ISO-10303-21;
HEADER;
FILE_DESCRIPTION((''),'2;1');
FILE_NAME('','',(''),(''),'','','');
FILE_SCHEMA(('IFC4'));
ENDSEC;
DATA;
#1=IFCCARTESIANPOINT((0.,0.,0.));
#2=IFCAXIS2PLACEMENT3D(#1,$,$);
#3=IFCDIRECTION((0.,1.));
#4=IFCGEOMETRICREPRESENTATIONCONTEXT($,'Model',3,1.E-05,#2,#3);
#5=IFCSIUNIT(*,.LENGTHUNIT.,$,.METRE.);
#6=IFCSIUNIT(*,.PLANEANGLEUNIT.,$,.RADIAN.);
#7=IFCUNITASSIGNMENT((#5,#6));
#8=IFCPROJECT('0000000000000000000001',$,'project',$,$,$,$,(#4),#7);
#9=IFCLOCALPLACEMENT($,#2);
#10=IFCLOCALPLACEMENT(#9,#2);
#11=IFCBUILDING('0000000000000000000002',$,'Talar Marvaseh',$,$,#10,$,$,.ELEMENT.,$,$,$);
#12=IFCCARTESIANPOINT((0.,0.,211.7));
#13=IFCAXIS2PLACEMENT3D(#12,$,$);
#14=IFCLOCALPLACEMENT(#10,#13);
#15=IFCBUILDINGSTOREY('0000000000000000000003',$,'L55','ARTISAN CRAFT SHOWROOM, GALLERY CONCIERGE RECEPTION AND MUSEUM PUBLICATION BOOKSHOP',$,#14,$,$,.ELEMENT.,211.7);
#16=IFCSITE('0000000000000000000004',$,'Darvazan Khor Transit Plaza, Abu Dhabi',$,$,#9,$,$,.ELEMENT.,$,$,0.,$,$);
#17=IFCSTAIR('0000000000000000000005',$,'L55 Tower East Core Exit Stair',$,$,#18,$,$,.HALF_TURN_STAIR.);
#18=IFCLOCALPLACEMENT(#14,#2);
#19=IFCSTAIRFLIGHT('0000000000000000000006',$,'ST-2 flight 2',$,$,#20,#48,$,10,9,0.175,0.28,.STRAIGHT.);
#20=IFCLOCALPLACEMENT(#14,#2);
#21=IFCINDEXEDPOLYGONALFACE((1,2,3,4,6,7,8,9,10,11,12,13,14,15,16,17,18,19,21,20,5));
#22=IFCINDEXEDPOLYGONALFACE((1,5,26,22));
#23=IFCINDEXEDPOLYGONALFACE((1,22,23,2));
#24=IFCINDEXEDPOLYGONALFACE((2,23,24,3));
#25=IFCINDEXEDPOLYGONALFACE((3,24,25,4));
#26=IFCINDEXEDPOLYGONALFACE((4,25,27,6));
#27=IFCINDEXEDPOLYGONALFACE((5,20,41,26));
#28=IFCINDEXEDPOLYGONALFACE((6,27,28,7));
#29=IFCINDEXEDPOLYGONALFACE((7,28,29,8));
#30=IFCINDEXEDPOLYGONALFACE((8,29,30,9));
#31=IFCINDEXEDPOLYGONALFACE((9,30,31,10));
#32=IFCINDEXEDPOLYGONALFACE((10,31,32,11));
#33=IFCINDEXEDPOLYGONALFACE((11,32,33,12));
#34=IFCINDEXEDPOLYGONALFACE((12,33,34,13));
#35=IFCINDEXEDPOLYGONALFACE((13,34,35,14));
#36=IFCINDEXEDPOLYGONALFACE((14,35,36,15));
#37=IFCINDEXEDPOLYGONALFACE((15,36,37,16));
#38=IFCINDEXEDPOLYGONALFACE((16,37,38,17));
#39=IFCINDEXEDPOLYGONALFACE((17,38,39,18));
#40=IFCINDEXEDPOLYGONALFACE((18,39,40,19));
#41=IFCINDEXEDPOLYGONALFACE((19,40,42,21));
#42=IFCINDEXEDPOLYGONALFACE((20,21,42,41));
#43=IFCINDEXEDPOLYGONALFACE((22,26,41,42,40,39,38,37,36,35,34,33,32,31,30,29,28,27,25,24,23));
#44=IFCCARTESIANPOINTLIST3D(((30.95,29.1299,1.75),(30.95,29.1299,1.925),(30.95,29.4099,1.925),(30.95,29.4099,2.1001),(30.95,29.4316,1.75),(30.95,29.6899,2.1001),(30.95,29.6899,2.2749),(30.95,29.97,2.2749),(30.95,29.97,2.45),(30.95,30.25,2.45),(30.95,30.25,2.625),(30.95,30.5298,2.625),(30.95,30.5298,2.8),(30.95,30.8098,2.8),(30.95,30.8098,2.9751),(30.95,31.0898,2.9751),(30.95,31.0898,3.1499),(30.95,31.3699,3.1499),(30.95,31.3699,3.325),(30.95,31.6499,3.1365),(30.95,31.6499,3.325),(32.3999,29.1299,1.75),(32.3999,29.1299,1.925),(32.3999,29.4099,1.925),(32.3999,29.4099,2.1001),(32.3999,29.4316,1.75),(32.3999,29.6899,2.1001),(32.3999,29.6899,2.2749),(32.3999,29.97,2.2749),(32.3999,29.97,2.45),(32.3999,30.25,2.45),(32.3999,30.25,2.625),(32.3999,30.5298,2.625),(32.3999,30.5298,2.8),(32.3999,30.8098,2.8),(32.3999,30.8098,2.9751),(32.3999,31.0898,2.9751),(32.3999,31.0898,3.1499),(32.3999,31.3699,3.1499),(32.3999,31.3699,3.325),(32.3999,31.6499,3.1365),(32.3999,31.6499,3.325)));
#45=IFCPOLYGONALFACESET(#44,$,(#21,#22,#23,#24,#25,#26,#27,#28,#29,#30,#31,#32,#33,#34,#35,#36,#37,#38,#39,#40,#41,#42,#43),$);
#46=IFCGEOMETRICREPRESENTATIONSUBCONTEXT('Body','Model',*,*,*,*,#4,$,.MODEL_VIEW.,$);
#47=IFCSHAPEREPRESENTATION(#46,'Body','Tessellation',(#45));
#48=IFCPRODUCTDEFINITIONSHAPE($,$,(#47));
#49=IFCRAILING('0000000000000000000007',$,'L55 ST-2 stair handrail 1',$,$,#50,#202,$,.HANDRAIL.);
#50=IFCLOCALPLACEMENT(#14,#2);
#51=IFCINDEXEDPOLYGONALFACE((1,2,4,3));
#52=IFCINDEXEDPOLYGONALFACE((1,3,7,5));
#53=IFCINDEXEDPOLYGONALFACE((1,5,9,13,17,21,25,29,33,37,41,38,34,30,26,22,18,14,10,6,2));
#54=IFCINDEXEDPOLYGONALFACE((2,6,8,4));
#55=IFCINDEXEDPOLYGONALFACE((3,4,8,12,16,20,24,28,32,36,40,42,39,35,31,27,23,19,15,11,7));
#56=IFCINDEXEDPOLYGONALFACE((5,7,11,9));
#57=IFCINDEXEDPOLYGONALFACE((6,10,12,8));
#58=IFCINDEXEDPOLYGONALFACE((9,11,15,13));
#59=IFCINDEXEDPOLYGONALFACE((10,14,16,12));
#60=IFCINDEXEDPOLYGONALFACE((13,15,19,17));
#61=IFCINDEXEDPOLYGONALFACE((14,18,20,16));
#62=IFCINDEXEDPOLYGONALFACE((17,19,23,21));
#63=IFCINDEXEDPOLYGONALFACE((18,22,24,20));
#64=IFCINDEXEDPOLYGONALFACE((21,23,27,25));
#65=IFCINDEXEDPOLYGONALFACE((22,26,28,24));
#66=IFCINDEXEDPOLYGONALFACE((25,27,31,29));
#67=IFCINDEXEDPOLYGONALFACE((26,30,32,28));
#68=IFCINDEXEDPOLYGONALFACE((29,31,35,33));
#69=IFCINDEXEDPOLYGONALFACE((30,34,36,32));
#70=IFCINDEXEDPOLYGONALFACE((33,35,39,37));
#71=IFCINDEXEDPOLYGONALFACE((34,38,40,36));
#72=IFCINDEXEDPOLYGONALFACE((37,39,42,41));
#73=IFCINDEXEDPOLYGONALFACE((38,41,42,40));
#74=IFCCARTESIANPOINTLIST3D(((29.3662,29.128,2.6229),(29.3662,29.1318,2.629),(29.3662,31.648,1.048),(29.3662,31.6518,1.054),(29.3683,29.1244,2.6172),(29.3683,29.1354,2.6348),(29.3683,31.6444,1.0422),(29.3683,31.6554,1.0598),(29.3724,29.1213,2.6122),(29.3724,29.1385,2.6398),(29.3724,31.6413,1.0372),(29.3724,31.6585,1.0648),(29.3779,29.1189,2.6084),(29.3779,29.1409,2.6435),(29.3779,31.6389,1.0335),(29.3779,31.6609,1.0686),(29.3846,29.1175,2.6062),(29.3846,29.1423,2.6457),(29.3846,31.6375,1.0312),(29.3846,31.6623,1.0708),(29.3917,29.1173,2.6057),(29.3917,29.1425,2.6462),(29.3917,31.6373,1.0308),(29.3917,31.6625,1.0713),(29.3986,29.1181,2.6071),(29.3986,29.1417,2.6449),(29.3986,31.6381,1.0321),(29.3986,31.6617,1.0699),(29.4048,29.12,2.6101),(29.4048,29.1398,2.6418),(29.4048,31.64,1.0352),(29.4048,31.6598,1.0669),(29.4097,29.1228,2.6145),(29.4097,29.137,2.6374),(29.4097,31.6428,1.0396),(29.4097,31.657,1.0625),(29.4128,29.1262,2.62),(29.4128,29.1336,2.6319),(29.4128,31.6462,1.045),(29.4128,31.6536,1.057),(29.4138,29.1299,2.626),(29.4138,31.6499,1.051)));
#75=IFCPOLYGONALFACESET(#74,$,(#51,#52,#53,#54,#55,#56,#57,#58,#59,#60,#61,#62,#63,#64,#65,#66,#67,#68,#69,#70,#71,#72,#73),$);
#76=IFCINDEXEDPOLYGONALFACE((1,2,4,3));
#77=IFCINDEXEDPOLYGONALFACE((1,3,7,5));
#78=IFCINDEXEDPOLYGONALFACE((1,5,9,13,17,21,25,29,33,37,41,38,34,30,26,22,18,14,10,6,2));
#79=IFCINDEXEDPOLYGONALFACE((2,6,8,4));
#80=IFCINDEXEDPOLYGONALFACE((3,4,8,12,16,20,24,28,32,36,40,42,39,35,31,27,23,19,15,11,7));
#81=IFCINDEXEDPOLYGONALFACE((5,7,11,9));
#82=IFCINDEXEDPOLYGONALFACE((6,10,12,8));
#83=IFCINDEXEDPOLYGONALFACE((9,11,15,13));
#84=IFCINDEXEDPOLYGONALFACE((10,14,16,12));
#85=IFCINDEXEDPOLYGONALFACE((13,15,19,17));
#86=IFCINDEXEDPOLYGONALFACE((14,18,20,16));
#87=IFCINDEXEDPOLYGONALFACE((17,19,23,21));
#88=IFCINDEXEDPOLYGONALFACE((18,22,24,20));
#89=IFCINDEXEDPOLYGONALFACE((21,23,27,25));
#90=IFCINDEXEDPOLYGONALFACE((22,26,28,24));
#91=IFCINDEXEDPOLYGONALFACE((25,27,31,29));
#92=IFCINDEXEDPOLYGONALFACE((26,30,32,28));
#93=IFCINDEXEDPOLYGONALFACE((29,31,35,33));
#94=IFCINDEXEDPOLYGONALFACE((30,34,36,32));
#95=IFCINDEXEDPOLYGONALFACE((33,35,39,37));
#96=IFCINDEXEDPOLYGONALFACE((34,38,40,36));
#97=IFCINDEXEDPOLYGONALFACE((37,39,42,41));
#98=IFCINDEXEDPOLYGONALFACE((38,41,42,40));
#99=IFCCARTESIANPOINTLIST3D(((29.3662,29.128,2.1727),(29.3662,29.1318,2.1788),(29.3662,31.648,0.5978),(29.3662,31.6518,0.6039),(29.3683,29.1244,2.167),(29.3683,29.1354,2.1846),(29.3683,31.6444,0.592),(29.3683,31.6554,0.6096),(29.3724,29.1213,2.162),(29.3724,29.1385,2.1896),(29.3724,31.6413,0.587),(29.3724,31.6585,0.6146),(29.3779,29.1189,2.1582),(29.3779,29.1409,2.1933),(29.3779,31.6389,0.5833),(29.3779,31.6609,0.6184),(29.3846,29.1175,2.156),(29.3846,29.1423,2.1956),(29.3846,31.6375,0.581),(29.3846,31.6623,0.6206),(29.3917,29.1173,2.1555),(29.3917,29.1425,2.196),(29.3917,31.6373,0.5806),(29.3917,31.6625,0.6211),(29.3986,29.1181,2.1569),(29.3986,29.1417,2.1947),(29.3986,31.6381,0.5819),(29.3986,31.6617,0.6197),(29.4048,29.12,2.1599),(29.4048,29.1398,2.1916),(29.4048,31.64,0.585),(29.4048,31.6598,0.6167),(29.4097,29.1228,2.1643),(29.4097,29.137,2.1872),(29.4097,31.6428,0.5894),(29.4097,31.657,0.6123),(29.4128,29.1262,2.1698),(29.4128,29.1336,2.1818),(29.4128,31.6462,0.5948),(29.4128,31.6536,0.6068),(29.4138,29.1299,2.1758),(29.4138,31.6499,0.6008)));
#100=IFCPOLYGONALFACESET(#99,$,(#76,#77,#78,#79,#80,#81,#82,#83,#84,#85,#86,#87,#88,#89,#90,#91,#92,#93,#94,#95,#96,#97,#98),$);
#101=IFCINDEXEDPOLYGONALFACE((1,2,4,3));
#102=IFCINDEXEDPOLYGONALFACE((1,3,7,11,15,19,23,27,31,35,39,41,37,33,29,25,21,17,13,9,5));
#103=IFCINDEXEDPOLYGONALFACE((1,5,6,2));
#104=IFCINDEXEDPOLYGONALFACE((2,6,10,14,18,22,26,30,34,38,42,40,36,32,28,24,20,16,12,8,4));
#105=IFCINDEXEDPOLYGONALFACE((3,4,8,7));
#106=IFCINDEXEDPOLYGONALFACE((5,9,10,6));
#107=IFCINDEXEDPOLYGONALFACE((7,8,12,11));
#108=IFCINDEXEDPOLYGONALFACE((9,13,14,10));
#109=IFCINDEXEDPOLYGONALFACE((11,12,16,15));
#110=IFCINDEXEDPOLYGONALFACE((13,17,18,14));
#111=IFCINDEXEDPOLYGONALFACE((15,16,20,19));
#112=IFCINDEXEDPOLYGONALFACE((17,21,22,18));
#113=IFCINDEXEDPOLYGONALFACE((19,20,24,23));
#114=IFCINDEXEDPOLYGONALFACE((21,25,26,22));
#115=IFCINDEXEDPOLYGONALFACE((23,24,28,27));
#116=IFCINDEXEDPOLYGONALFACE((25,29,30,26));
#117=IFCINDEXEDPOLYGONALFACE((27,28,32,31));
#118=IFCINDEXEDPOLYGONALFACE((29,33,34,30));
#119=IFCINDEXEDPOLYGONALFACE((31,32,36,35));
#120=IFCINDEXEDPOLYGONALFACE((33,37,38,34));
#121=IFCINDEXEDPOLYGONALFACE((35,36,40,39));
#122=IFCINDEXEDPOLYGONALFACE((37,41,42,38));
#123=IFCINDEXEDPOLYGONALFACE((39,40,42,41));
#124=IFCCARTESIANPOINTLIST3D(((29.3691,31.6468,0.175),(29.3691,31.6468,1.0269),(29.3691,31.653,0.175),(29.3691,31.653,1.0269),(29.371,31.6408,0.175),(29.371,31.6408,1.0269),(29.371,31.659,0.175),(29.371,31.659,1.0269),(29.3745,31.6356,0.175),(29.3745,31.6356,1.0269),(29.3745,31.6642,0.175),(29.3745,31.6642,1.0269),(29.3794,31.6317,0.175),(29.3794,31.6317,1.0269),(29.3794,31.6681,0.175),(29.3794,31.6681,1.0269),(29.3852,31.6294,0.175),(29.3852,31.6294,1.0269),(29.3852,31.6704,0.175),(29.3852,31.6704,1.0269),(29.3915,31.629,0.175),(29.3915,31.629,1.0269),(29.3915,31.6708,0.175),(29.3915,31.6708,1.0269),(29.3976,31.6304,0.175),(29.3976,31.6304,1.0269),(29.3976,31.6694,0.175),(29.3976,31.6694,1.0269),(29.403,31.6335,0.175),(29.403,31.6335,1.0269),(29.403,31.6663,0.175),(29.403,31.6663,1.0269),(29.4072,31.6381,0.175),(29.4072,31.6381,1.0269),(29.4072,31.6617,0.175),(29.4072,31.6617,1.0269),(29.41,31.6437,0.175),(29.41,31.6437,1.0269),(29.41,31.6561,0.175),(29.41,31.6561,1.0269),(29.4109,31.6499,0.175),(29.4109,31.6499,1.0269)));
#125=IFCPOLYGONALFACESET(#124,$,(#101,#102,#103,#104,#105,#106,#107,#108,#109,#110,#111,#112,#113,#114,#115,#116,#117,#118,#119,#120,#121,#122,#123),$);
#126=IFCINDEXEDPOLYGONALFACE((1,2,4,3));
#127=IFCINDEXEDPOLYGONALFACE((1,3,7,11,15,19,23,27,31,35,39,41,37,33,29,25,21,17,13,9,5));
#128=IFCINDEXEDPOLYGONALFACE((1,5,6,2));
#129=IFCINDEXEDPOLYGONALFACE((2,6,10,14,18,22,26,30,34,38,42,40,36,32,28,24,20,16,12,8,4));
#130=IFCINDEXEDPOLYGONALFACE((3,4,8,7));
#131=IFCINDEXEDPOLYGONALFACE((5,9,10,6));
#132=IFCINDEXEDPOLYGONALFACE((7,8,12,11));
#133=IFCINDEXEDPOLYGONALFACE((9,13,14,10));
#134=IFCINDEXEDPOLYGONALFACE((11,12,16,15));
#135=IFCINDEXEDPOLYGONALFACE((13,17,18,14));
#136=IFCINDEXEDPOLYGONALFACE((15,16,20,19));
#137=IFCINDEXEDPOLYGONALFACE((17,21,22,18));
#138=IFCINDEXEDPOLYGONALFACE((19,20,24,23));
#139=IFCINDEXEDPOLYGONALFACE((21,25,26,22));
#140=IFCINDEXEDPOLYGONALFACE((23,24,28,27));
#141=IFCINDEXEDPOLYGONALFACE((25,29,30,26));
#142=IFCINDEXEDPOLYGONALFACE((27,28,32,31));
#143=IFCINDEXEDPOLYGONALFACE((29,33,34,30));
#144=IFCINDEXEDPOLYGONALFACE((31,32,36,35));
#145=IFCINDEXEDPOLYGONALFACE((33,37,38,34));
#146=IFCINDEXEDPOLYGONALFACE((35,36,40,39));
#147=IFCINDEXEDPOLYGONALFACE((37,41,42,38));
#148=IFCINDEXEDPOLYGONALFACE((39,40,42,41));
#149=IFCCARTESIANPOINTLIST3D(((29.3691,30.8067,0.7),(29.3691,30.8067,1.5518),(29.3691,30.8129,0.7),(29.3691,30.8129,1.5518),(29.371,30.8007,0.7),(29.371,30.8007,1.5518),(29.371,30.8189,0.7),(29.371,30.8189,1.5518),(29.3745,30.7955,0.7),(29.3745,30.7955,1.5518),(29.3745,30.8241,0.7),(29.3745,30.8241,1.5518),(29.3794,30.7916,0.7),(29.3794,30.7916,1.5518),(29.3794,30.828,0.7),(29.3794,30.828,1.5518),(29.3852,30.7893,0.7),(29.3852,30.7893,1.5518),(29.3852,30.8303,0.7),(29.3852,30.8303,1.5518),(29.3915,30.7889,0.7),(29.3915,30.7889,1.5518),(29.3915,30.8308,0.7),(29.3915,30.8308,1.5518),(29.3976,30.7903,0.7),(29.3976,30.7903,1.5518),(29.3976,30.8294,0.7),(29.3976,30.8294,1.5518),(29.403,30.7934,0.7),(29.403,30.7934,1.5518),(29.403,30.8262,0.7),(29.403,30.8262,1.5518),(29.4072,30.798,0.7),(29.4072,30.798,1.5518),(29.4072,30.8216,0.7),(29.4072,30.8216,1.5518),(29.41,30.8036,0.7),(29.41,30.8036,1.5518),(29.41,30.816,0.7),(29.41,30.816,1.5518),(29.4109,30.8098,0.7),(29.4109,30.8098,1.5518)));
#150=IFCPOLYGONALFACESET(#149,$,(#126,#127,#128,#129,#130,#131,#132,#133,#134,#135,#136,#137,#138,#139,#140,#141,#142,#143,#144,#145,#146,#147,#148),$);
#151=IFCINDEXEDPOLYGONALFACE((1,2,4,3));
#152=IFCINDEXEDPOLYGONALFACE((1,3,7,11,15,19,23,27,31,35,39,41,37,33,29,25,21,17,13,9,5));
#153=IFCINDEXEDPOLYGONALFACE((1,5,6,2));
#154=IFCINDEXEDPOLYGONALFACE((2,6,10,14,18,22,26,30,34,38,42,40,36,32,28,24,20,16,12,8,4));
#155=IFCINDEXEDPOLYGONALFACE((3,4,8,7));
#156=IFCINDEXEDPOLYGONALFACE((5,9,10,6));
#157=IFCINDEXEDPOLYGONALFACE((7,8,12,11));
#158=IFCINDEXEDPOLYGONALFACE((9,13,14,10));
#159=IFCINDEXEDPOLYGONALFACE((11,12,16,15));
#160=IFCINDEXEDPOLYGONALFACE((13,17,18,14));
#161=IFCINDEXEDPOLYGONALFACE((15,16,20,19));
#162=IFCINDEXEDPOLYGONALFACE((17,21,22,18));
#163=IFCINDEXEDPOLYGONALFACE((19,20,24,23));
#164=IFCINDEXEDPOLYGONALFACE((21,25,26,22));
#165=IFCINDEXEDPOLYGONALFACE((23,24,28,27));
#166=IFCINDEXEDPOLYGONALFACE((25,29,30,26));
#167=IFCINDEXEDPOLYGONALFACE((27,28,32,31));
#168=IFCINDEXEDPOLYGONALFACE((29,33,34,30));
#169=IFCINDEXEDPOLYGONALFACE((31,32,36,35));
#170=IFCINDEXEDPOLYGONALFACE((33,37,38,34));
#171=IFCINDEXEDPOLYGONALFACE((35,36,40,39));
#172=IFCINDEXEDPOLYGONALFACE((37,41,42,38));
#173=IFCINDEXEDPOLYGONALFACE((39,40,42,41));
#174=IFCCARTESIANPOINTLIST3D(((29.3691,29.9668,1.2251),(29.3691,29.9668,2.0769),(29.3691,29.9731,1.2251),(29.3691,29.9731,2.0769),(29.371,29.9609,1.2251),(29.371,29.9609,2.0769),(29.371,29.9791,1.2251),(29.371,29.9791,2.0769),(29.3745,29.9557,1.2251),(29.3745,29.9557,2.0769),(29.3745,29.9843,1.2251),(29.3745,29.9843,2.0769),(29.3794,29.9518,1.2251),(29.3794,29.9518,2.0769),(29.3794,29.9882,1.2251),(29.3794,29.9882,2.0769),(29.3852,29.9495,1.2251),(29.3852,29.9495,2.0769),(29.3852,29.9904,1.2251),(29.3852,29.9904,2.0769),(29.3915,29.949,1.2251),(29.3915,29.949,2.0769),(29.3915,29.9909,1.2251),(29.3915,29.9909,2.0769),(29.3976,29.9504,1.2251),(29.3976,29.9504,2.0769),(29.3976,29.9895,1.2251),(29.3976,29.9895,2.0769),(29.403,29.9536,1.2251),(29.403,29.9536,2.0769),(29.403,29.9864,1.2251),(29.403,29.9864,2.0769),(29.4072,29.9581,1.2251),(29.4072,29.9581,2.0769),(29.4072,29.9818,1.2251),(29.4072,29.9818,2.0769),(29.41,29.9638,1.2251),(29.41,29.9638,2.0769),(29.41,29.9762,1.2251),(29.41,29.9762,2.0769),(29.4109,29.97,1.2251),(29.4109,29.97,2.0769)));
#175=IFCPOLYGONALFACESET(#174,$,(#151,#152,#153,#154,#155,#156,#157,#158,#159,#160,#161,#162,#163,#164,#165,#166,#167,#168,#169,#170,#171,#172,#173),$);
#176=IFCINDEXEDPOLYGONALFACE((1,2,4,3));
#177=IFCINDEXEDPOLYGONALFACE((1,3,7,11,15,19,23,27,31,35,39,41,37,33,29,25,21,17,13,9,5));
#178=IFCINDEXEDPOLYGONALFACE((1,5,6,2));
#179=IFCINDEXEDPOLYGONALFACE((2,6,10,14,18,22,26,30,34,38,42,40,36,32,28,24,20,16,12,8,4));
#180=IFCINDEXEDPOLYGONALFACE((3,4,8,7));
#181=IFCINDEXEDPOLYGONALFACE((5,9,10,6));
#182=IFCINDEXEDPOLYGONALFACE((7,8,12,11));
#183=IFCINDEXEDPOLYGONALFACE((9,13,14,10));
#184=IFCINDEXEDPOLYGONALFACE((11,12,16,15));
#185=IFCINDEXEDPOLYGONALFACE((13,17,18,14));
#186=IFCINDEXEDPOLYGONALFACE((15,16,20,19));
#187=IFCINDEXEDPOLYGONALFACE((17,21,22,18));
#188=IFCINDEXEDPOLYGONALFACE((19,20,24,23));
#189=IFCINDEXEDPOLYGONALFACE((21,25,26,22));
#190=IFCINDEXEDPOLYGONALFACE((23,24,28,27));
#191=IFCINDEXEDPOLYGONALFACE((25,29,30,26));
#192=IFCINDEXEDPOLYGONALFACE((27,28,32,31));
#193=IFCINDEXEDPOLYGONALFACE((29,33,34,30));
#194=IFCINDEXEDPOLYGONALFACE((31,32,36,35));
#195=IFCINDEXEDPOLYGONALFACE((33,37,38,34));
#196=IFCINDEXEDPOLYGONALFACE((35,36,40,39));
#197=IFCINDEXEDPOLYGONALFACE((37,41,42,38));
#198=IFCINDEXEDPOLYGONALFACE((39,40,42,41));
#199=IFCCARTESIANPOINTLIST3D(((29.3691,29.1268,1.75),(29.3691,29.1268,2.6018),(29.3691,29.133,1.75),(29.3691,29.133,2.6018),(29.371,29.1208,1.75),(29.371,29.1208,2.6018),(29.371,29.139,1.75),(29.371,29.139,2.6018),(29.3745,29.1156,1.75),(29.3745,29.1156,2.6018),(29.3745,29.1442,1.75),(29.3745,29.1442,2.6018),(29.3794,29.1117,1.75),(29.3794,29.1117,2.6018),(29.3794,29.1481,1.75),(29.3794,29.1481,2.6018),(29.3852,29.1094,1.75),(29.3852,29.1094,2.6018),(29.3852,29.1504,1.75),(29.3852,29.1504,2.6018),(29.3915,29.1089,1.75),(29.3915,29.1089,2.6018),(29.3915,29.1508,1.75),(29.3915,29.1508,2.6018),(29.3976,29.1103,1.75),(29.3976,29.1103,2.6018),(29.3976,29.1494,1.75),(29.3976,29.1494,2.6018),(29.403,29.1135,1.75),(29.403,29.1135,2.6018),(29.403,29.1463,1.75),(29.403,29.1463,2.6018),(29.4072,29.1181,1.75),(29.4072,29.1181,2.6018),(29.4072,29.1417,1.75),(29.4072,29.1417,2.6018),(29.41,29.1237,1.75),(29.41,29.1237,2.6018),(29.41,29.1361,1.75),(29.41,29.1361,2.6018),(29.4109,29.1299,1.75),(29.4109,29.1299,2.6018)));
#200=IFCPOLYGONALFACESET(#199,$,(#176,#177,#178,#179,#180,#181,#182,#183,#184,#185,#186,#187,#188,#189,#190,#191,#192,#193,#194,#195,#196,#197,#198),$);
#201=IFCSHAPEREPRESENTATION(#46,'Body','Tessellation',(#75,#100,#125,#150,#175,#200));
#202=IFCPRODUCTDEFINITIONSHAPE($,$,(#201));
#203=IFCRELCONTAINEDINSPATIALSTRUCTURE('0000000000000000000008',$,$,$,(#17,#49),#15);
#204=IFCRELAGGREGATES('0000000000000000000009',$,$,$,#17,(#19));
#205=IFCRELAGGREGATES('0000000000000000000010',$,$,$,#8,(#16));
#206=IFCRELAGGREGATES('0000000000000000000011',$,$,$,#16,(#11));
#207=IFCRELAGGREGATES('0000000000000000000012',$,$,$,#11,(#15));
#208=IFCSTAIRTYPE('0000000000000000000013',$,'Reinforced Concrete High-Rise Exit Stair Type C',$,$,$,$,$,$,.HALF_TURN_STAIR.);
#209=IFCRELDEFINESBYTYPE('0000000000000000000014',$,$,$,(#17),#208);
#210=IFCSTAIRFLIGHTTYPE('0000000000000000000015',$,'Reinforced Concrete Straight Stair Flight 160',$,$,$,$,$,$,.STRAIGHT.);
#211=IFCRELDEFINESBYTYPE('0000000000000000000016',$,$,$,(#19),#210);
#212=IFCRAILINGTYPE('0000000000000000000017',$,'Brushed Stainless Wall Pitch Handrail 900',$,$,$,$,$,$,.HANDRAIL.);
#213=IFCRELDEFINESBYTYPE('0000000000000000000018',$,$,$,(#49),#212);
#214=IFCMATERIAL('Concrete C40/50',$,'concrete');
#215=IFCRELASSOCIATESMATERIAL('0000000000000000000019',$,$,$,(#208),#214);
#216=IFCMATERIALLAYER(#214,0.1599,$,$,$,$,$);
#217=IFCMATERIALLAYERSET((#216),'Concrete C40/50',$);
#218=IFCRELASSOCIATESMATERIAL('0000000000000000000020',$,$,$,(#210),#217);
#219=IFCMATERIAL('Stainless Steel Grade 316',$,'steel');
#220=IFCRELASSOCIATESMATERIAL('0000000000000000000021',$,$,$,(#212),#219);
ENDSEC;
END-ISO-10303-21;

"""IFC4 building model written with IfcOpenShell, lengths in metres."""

from ifc_helpers import new_model, si_unit, direction, frame, origin, origin_2d, place, context, subcontext, project, spatial, polyline, circle, outline, extrude, material, layer, layer_set, type_object, element, aggregate, save


model = new_model("IFC4")

# Units and contexts
model_context = context("Model", 3, precision=1e-05, world=origin(), true_north=direction((0.0, 1.0)))
body_context = subcontext(model_context, "Body", "Model", "MODEL_VIEW")
ifc_project = project(units=[si_unit("LENGTHUNIT", "METRE"), si_unit("PLANEANGLEUNIT", "RADIAN")], contexts=[model_context])

# Site, building, storey
site_placement = place(None, origin())
site = spatial("IfcSite", under=ifc_project, at=site_placement, Name="Darvazan Khor Transit Plaza, Abu Dhabi", CompositionType="ELEMENT", RefElevation=0.0)
building_placement = place(site_placement, origin())
building = spatial("IfcBuilding", under=site, at=building_placement, Name="Talar Marvaseh", CompositionType="ELEMENT")
storey_placement = place(building_placement, frame((0.0, 0.0, 211.7)))
storey = spatial("IfcBuildingStorey", under=building, at=storey_placement, Name="L55", Description="ARTISAN CRAFT SHOWROOM, GALLERY CONCIERGE RECEPTION AND MUSEUM PUBLICATION BOOKSHOP", CompositionType="ELEMENT", Elevation=211.7)

# Shared definitions
ifc_material_1 = material(Name="Concrete C40/50", Category="concrete")

# Shared definitions
ifc_material_2 = material(Name="Stainless Steel Grade 316", Category="steel")

# Stair, stair flight
stair_type = type_object("IfcStairType", Name="Reinforced Concrete High-Rise Exit Stair Type C", PredefinedType="HALF_TURN_STAIR", material=ifc_material_1)
stair_placement = place(storey_placement, origin())
stair = element("IfcStair", 1, at=stair_placement, inside=storey, type_object=stair_type, Name="L55 Tower East Core Exit Stair", PredefinedType="HALF_TURN_STAIR")
ifc_layer_1 = layer(ifc_material_1, 0.1599)
ifc_layer_set_1 = layer_set([ifc_layer_1], Name="Concrete C40/50")
stair_flight_type = type_object("IfcStairFlightType", Name="Reinforced Concrete Straight Stair Flight 160", PredefinedType="STRAIGHT", material=ifc_layer_set_1)
stair_flight_1_placement = place(storey_placement, frame((31.675, 29.1299, 1.75), z_axis=(0.0, 0.0, 1.0), x_axis=(0.0, 1.0, 0.0)))
stair_flight_1 = element("IfcStairFlight", 2, at=stair_flight_1_placement, type_object=stair_flight_type, Name="ST-2 flight 2", NumberOfRisers=10, NumberOfTreads=9, PredefinedType="STRAIGHT", RiserHeight=0.175, TreadLength=0.28, context=body_context, shape_type="SweptSolid", body=[
    extrude(outline(polyline([(0.0, 0.0), (0.0, 0.175), (0.28, 0.175), (0.28, 0.3501), (0.5601, 0.3501), (0.5601, 0.5249), (0.8401, 0.5249), (0.8401, 0.7), (1.1201, 0.7), (1.1201, 0.875), (1.3999, 0.875), (1.3999, 1.05), (1.6799, 1.05), (1.6799, 1.2251), (1.96, 1.2251), (1.96, 1.3999), (2.24, 1.3999), (2.24, 1.575), (2.52, 1.575), (2.52, 1.75), (2.52, 1.3865), (0.3018, 0.0), (0.0, 0.0)])), frame((0.0, 0.7251, 0.0), z_axis=(0.0, -1.0, 0.0), x_axis=(1.0, 0.0, 0.0)), (0.0, 0.0, 1.0), 1.45),
])
aggregate(stair, [stair_flight_1])

# Railing
railing_type_1 = type_object("IfcRailingType", Name="Brushed Stainless Wall Pitch Handrail 900", PredefinedType="HANDRAIL", material=ifc_material_2)
railing_1_placement = place(storey_placement, frame((29.3899, 31.6499, 0.175)))
element("IfcRailing", 3, at=railing_1_placement, inside=storey, type_object=railing_type_1, Name="L55 ST-2 stair handrail 1", PredefinedType="HANDRAIL", context=body_context, shape_type="SweptSolid", body=[
    extrude(circle(Radius=0.0239, at=origin_2d()), frame((0.0, 0.0, 0.876), z_axis=(0.0, -0.848008, 0.529984), x_axis=(1.0, 0.0, 0.0)), (0.0, 0.0, 1.0), 2.9717),
    extrude(circle(Radius=0.0239, at=origin_2d()), frame((0.0, 0.0, 0.4258), z_axis=(0.0, -0.848008, 0.529984), x_axis=(1.0, 0.0, 0.0)), (0.0, 0.0, 1.0), 2.9717),
    extrude(circle(Radius=0.021, at=origin_2d()), origin(), (0.0, 0.0, 1.0), 0.8518),
    extrude(circle(Radius=0.021, at=origin_2d()), frame((0.0, -0.8401, 0.5249)), (0.0, 0.0, 1.0), 0.8518),
    extrude(circle(Radius=0.021, at=origin_2d()), frame((0.0, -1.6799, 1.05)), (0.0, 0.0, 1.0), 0.8518),
    extrude(circle(Radius=0.021, at=origin_2d()), frame((0.0, -2.52, 1.575)), (0.0, 0.0, 1.0), 0.8518),
])

save(model, "model.ifc")
